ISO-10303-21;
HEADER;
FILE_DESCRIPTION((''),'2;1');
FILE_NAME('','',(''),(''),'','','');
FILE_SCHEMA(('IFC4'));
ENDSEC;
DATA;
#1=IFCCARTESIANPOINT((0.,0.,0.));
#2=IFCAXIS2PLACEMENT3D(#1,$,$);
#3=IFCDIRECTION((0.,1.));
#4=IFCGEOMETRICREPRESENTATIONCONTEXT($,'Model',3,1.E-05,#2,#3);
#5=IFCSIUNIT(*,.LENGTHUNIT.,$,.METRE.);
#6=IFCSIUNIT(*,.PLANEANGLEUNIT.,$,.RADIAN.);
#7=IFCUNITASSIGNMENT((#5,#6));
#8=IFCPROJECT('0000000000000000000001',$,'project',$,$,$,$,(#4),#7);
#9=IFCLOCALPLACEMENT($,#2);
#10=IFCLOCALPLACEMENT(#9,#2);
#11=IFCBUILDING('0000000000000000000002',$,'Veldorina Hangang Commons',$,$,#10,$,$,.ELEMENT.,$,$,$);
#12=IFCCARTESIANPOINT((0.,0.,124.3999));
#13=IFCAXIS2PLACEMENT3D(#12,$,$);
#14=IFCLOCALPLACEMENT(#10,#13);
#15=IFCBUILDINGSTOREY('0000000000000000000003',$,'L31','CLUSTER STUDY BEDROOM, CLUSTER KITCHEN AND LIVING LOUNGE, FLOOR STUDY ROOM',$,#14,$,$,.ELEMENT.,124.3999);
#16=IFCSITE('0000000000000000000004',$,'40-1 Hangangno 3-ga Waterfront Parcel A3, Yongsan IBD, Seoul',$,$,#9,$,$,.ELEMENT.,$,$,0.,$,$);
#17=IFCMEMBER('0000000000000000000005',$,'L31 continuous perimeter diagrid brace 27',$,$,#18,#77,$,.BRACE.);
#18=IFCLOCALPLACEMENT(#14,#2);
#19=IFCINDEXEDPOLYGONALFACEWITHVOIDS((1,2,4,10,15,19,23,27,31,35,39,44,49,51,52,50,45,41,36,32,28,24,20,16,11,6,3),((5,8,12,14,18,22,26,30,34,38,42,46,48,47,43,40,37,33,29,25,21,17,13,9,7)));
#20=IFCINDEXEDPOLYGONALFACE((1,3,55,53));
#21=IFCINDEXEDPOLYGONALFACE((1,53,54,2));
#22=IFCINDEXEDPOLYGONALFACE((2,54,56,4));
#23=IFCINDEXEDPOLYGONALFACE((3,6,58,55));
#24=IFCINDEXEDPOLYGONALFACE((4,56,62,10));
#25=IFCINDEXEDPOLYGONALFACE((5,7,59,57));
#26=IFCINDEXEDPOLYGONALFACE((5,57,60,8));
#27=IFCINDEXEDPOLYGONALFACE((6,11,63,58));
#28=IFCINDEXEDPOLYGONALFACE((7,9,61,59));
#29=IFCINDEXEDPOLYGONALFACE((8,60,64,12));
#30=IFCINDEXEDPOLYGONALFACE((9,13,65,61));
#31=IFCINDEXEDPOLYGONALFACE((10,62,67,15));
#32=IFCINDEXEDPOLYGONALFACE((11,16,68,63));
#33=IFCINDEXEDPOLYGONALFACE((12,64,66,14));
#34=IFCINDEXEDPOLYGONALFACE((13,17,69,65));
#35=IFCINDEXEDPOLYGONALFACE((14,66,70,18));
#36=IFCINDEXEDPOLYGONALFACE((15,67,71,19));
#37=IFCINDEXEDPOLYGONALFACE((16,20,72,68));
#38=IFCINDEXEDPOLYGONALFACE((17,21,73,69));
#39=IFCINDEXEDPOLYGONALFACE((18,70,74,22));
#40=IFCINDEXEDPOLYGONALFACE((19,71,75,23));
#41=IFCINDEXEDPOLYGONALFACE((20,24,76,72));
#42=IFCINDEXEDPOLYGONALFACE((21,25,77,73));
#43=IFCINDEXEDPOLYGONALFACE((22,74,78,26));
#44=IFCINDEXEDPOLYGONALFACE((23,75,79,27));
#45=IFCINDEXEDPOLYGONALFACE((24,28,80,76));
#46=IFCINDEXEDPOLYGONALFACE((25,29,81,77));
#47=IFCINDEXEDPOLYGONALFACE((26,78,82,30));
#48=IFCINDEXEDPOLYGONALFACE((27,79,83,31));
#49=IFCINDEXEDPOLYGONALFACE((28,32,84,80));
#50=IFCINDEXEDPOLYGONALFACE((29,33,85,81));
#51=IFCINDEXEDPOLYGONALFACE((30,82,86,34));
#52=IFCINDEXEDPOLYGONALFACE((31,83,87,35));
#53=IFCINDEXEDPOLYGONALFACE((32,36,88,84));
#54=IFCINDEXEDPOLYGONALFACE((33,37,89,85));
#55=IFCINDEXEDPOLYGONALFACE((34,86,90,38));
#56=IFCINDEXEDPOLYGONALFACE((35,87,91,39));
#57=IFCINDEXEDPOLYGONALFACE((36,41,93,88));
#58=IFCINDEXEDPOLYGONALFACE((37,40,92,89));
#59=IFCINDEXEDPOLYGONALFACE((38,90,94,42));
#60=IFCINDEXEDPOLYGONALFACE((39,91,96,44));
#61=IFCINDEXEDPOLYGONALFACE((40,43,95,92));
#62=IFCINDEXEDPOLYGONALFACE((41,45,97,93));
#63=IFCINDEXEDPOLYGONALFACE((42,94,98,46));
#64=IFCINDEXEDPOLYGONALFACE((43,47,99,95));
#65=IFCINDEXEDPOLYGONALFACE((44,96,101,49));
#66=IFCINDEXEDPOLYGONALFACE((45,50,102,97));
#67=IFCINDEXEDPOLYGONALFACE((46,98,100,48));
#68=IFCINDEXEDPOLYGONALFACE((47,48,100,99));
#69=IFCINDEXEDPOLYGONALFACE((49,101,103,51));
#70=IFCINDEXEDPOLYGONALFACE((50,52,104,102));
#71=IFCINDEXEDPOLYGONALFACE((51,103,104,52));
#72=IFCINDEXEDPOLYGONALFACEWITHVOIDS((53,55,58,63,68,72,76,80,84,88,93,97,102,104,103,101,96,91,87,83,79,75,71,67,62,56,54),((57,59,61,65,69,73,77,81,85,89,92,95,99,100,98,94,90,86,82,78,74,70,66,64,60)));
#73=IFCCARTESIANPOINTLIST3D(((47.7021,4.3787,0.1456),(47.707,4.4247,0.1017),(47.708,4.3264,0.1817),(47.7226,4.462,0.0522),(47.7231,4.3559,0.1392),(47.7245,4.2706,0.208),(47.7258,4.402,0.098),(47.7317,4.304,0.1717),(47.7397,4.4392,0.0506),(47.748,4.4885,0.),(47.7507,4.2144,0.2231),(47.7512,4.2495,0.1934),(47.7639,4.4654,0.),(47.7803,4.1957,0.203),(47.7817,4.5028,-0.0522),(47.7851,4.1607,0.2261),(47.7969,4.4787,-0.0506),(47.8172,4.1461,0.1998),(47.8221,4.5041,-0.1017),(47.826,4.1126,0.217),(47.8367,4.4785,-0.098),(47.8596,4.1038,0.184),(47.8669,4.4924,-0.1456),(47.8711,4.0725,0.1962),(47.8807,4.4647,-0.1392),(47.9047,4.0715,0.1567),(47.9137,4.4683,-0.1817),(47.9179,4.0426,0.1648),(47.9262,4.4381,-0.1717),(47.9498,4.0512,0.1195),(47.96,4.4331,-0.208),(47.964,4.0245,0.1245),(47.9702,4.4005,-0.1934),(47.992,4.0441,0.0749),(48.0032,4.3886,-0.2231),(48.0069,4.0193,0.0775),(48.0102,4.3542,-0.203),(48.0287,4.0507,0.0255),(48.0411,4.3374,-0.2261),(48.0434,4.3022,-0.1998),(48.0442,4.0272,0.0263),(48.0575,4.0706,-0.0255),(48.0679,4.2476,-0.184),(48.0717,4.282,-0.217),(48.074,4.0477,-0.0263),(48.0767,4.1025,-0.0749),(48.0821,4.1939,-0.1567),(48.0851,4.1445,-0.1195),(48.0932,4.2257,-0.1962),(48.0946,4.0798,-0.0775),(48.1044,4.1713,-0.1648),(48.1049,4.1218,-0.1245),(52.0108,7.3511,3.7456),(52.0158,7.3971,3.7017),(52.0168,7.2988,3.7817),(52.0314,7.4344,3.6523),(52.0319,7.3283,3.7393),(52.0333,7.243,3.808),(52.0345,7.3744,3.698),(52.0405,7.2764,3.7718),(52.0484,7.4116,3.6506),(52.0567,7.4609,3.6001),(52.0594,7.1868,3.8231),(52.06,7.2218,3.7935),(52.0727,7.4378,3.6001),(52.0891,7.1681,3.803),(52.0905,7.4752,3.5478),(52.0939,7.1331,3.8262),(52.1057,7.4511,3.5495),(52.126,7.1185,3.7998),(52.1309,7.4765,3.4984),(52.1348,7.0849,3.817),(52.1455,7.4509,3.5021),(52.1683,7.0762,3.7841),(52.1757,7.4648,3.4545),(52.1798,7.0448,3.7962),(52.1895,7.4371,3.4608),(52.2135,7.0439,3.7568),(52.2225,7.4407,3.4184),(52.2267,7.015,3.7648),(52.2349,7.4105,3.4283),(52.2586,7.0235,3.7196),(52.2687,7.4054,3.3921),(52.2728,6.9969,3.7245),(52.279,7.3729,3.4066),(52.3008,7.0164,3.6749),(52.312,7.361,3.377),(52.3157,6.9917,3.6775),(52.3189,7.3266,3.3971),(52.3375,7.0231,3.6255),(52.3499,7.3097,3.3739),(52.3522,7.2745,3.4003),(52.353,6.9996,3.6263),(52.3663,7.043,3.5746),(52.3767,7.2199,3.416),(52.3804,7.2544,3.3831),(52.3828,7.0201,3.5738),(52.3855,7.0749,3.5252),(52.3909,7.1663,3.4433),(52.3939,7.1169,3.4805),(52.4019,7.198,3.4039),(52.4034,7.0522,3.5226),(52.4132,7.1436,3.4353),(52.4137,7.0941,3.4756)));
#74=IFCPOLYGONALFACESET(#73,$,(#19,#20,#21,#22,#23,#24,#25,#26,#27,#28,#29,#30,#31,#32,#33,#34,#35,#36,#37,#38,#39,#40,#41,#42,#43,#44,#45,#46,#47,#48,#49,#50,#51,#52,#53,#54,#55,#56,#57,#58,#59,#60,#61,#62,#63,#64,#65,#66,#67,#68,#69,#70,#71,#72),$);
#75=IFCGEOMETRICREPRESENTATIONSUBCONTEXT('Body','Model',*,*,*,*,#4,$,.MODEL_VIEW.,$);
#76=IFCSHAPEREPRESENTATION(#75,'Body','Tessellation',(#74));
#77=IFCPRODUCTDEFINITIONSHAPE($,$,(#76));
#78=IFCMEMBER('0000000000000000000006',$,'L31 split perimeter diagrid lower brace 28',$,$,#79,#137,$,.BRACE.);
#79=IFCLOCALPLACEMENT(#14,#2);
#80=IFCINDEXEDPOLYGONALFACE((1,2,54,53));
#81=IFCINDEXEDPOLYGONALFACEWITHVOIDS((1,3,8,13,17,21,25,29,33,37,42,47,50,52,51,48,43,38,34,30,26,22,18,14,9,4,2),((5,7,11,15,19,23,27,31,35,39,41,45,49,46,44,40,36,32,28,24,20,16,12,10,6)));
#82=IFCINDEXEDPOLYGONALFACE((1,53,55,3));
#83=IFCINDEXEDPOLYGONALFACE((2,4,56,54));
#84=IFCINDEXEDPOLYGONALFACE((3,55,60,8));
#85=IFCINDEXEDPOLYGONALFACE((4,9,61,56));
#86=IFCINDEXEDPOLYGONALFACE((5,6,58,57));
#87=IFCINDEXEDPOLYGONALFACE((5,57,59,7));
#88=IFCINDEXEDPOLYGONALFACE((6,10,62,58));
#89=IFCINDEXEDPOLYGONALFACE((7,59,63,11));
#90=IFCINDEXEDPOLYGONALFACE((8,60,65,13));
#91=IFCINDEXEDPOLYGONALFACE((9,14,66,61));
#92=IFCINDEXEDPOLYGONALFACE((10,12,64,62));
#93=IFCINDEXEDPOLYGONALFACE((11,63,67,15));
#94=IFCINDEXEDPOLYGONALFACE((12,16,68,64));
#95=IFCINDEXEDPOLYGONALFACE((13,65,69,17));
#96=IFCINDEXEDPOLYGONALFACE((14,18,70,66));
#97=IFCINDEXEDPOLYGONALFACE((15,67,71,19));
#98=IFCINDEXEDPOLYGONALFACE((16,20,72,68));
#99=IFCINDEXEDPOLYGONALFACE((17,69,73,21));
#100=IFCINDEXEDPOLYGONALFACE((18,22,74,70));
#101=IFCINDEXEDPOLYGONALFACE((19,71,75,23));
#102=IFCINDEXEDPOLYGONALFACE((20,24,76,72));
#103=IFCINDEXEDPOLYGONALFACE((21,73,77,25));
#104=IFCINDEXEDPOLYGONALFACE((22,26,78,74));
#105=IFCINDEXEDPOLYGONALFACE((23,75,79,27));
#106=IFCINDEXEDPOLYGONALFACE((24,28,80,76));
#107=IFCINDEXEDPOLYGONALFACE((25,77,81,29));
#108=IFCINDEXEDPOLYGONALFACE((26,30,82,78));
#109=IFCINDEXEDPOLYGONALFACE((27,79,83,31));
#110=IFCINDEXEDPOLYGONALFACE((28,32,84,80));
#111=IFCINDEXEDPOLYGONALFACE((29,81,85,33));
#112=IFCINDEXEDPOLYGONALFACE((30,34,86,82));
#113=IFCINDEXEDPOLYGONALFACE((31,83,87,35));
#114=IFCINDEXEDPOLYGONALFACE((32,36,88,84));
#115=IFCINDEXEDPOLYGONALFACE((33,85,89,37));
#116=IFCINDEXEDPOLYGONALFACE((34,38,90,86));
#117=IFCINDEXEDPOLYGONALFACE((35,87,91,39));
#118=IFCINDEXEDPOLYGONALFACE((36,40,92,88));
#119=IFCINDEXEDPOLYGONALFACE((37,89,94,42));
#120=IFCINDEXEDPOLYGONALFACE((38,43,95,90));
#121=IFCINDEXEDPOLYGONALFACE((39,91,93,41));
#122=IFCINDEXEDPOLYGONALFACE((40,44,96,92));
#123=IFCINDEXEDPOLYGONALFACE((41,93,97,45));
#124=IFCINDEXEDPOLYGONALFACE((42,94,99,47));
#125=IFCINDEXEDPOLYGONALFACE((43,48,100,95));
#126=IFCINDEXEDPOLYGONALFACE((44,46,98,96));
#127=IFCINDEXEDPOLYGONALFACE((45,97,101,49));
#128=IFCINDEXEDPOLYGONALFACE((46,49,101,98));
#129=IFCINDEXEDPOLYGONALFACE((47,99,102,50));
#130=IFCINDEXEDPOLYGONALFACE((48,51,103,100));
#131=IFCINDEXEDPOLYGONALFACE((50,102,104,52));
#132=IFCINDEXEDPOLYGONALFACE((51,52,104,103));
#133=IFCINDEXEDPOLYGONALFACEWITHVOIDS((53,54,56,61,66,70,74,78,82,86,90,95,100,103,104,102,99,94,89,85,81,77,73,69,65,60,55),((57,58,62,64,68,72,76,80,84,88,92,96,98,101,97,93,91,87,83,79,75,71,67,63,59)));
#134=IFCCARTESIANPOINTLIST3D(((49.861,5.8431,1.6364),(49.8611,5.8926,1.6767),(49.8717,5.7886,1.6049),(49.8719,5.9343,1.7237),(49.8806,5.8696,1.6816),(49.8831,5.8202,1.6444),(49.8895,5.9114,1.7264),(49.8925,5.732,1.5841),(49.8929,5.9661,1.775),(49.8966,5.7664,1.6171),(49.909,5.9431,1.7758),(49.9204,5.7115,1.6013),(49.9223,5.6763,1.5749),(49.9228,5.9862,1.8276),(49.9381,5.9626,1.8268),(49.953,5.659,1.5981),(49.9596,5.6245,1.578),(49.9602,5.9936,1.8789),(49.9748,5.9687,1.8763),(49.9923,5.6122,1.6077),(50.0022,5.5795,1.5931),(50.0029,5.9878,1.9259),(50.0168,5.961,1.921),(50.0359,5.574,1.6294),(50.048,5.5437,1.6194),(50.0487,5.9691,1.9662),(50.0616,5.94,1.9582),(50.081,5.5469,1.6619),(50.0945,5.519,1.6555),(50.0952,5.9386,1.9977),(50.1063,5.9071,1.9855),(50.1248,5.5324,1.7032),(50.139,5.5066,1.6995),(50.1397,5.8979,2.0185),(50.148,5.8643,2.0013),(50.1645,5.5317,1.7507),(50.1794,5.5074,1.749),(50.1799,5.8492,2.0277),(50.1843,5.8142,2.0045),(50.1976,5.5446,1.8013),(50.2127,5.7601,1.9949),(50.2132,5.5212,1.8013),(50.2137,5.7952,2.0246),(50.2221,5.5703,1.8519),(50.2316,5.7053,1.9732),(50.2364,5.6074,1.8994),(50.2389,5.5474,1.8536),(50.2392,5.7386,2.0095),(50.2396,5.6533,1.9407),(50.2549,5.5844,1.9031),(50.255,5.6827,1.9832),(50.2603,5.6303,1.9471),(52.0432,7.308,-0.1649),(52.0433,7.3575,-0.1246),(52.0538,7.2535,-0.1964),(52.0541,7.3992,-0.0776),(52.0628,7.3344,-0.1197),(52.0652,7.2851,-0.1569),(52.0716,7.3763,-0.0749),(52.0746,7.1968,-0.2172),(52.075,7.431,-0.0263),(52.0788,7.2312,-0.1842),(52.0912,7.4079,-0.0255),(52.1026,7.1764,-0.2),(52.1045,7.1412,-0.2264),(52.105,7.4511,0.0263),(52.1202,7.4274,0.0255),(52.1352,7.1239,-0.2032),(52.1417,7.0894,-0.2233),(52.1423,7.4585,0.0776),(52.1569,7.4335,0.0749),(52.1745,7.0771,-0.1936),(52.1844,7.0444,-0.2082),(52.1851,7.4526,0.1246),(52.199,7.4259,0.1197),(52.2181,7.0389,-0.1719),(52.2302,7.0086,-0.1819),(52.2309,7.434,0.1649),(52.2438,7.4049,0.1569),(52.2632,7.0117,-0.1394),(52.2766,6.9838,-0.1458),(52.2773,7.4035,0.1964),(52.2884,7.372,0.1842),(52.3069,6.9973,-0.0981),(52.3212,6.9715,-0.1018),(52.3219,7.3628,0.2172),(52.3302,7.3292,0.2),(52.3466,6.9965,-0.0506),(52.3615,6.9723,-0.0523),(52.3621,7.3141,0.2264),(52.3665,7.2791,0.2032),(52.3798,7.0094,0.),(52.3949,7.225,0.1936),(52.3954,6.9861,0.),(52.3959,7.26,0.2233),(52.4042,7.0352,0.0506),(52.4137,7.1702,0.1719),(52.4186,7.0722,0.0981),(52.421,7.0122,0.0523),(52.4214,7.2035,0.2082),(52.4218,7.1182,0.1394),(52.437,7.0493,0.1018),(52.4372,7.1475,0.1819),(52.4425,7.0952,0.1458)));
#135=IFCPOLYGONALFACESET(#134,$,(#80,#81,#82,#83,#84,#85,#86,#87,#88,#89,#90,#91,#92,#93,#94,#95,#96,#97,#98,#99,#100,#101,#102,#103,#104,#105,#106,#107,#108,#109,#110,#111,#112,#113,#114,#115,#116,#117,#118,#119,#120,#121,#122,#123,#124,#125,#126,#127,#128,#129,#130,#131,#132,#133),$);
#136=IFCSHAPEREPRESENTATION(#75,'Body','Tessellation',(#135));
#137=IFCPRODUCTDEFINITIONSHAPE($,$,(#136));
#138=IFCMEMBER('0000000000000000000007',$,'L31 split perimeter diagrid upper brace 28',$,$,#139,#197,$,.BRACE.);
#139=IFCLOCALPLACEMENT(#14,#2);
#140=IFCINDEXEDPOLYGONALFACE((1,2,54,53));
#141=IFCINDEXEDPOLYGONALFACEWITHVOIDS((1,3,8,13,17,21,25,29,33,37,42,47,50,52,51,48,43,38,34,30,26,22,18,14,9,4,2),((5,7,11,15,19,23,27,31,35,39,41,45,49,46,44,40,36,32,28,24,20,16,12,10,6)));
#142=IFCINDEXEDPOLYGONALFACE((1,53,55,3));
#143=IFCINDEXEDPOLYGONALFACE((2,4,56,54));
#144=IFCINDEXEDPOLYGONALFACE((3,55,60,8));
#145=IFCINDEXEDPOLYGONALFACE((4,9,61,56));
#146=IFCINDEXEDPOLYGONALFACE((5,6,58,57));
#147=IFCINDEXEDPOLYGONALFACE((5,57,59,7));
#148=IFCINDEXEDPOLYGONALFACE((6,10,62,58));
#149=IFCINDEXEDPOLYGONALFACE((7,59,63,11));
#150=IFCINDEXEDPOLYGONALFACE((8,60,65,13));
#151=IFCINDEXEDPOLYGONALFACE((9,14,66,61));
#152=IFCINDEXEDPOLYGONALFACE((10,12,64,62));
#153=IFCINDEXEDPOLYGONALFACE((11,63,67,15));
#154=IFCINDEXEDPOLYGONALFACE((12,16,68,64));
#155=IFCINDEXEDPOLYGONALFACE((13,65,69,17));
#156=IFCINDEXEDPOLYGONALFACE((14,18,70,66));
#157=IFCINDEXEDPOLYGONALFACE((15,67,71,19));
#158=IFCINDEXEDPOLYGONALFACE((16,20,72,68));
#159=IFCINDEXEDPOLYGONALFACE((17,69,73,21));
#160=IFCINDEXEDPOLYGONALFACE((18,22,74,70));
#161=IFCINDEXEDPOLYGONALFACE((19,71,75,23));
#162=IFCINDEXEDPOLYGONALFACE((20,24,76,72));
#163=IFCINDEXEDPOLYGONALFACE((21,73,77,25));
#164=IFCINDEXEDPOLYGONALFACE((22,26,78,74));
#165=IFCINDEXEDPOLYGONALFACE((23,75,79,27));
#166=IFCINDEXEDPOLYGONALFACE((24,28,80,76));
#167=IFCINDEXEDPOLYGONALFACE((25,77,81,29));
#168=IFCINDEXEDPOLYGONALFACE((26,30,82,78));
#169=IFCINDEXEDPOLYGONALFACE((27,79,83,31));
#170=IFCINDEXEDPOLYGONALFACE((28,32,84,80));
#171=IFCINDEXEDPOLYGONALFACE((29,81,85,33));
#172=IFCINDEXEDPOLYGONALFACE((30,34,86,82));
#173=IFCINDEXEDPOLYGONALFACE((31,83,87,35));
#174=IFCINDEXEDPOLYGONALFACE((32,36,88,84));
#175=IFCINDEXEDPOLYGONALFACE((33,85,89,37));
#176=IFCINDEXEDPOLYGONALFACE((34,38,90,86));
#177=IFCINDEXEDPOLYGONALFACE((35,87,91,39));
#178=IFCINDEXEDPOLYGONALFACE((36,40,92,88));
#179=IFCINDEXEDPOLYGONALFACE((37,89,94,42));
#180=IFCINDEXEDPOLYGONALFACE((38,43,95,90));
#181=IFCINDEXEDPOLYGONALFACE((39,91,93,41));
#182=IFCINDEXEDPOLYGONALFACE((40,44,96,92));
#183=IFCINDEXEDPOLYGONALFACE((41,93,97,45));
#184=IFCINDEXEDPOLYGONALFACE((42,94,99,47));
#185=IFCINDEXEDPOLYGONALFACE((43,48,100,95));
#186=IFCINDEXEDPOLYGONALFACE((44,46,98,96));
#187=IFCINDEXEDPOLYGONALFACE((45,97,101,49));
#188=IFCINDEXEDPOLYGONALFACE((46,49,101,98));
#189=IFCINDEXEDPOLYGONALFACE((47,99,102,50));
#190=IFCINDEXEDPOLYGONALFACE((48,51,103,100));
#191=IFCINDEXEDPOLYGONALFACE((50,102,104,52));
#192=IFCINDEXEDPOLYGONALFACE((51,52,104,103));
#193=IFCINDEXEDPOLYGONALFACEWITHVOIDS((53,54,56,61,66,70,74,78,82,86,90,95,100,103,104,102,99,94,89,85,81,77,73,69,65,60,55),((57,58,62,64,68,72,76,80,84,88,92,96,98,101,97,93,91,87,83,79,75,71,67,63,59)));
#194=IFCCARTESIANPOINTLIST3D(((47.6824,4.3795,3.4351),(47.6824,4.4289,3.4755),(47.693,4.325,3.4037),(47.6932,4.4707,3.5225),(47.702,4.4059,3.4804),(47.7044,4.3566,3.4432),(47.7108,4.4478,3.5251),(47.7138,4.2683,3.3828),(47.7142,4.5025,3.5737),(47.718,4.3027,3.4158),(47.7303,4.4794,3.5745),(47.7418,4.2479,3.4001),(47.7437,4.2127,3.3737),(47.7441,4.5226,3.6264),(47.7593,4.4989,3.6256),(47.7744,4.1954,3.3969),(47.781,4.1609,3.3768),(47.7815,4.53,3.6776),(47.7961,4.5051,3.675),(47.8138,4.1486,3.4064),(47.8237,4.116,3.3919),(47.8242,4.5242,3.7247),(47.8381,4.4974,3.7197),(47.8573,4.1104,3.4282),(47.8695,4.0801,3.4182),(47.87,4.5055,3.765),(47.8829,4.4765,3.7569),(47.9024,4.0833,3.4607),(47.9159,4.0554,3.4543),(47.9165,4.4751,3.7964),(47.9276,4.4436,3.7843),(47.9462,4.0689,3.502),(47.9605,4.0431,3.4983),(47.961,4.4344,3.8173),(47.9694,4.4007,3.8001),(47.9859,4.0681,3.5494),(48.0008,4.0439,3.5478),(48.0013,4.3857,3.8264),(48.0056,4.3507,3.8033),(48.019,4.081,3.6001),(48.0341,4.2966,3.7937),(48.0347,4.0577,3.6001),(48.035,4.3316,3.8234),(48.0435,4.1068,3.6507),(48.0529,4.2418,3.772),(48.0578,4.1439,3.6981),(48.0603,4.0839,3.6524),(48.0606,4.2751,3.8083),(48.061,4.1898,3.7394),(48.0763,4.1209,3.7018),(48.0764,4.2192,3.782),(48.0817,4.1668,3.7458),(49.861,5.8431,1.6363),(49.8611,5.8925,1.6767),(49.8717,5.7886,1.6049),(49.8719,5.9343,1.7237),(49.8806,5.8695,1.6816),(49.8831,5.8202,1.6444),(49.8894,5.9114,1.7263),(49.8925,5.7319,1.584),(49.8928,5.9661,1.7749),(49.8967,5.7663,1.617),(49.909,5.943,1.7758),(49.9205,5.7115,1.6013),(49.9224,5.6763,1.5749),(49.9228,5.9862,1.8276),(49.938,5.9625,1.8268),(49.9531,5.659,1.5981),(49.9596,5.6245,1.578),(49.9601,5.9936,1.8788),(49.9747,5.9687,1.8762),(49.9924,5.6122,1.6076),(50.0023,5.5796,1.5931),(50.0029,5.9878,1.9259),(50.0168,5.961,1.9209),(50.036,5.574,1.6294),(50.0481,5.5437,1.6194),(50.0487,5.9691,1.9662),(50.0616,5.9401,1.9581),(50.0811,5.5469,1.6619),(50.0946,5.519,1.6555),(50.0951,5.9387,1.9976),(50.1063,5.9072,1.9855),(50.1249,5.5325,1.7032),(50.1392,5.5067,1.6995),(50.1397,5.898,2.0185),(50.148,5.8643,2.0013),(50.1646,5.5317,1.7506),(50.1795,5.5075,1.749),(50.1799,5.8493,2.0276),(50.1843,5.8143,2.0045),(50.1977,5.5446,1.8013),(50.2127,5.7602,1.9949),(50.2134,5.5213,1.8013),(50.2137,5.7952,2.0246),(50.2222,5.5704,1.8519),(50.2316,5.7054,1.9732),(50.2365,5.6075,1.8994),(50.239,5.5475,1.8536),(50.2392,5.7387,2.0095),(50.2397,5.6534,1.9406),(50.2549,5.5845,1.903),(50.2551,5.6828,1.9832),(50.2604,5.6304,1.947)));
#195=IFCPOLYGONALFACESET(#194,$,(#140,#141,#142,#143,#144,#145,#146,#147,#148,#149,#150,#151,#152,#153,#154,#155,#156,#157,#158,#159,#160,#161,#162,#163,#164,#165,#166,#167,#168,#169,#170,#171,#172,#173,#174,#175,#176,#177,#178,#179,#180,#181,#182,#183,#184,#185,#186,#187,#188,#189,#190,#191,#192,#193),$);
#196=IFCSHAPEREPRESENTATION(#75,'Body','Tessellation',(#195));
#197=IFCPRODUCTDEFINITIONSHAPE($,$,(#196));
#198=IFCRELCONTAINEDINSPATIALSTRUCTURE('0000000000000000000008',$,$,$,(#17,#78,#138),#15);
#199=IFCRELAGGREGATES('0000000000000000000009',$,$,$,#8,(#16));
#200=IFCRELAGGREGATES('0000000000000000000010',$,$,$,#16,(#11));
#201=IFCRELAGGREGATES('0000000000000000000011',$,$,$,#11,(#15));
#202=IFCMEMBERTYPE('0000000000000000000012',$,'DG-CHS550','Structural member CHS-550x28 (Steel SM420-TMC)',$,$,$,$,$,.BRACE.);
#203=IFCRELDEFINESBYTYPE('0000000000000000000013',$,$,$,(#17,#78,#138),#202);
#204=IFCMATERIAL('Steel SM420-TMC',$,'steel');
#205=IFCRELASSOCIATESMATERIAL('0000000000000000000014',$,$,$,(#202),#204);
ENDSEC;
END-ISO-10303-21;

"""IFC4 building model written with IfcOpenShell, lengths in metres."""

from ifc_helpers import new_model, si_unit, direction, frame, origin, origin_2d, place, context, subcontext, project, spatial, hollow_circle, extrude, material, material_profile, profile_set, type_object, element, save


model = new_model("IFC4")

# Units and contexts
model_context = context("Model", 3, precision=1e-05, world=origin(), true_north=direction((0.0, 1.0)))
body_context = subcontext(model_context, "Body", "Model", "MODEL_VIEW")
ifc_project = project(units=[si_unit("LENGTHUNIT", "METRE"), si_unit("PLANEANGLEUNIT", "RADIAN")], contexts=[model_context])

# Site, building, storey
site_placement = place(None, origin())
site = spatial("IfcSite", under=ifc_project, at=site_placement, Name="40-1 Hangangno 3-ga Waterfront Parcel A3, Yongsan IBD, Seoul", CompositionType="ELEMENT", RefElevation=0.0)
building_placement = place(site_placement, origin())
building = spatial("IfcBuilding", under=site, at=building_placement, Name="Veldorina Hangang Commons", CompositionType="ELEMENT")
storey_placement = place(building_placement, frame((0.0, 0.0, 124.3999)))
storey = spatial("IfcBuildingStorey", under=building, at=storey_placement, Name="L31", Description="CLUSTER STUDY BEDROOM, CLUSTER KITCHEN AND LIVING LOUNGE, FLOOR STUDY ROOM", CompositionType="ELEMENT", Elevation=124.3999)

# Shared definitions
ifc_material_1 = material(Name="Steel SM420-TMC", Category="steel")

# Members
ifc_material_profile_1 = material_profile(ifc_material_1, hollow_circle(Radius=0.2749, WallThickness=0.0281, at=origin_2d()), Name="CHS-550x28")
ifc_profile_set_1 = profile_set([ifc_material_profile_1], Name="Steel SM420-TMC")
member_type_1 = type_object("IfcMemberType", Name="DG-CHS550", Description="Structural member CHS-550x28 (Steel SM420-TMC)", PredefinedType="BRACE", material=ifc_profile_set_1)
member_1_placement = place(storey_placement, frame((47.9041, 4.2622, 0.0), z_axis=(0.678225, 0.467867, 0.566667), x_axis=(-0.567836, 0.823141, 0.0)))
element("IfcMember", 1, at=member_1_placement, inside=storey, type_object=member_type_1, Name="L31 continuous perimeter diagrid brace 27", PredefinedType="BRACE", context=body_context, shape_type="SweptSolid", body=[
    extrude(hollow_circle(Radius=0.2749, WallThickness=0.0281, at=origin_2d()), origin(), (0.0, 0.0, 1.0), 6.353),
])
member_2_placement = place(storey_placement, frame((52.2422, 7.2144, 0.0), z_axis=(-0.684864, -0.459743, 0.56533), x_axis=(0.557356, -0.830274, 0.0)))
element("IfcMember", 2, at=member_2_placement, inside=storey, type_object=member_type_1, Name="L31 split perimeter diagrid lower brace 28", PredefinedType="BRACE", context=body_context, shape_type="SweptSolid", body=[
    extrude(hollow_circle(Radius=0.2749, WallThickness=0.0281, at=origin_2d()), origin(), (0.0, 0.0, 1.0), 3.1863),
])
member_3_placement = place(storey_placement, frame((50.0601, 5.7495, 1.8013), z_axis=(-0.684711, -0.459978, 0.565324), x_axis=(0.557638, -0.830085, 0.0)))
element("IfcMember", 3, at=member_3_placement, inside=storey, type_object=member_type_1, Name="L31 split perimeter diagrid upper brace 28", PredefinedType="BRACE", context=body_context, shape_type="SweptSolid", body=[
    extrude(hollow_circle(Radius=0.2749, WallThickness=0.0281, at=origin_2d()), origin(), (0.0, 0.0, 1.0), 3.1819),
])

save(model, "model.ifc")
